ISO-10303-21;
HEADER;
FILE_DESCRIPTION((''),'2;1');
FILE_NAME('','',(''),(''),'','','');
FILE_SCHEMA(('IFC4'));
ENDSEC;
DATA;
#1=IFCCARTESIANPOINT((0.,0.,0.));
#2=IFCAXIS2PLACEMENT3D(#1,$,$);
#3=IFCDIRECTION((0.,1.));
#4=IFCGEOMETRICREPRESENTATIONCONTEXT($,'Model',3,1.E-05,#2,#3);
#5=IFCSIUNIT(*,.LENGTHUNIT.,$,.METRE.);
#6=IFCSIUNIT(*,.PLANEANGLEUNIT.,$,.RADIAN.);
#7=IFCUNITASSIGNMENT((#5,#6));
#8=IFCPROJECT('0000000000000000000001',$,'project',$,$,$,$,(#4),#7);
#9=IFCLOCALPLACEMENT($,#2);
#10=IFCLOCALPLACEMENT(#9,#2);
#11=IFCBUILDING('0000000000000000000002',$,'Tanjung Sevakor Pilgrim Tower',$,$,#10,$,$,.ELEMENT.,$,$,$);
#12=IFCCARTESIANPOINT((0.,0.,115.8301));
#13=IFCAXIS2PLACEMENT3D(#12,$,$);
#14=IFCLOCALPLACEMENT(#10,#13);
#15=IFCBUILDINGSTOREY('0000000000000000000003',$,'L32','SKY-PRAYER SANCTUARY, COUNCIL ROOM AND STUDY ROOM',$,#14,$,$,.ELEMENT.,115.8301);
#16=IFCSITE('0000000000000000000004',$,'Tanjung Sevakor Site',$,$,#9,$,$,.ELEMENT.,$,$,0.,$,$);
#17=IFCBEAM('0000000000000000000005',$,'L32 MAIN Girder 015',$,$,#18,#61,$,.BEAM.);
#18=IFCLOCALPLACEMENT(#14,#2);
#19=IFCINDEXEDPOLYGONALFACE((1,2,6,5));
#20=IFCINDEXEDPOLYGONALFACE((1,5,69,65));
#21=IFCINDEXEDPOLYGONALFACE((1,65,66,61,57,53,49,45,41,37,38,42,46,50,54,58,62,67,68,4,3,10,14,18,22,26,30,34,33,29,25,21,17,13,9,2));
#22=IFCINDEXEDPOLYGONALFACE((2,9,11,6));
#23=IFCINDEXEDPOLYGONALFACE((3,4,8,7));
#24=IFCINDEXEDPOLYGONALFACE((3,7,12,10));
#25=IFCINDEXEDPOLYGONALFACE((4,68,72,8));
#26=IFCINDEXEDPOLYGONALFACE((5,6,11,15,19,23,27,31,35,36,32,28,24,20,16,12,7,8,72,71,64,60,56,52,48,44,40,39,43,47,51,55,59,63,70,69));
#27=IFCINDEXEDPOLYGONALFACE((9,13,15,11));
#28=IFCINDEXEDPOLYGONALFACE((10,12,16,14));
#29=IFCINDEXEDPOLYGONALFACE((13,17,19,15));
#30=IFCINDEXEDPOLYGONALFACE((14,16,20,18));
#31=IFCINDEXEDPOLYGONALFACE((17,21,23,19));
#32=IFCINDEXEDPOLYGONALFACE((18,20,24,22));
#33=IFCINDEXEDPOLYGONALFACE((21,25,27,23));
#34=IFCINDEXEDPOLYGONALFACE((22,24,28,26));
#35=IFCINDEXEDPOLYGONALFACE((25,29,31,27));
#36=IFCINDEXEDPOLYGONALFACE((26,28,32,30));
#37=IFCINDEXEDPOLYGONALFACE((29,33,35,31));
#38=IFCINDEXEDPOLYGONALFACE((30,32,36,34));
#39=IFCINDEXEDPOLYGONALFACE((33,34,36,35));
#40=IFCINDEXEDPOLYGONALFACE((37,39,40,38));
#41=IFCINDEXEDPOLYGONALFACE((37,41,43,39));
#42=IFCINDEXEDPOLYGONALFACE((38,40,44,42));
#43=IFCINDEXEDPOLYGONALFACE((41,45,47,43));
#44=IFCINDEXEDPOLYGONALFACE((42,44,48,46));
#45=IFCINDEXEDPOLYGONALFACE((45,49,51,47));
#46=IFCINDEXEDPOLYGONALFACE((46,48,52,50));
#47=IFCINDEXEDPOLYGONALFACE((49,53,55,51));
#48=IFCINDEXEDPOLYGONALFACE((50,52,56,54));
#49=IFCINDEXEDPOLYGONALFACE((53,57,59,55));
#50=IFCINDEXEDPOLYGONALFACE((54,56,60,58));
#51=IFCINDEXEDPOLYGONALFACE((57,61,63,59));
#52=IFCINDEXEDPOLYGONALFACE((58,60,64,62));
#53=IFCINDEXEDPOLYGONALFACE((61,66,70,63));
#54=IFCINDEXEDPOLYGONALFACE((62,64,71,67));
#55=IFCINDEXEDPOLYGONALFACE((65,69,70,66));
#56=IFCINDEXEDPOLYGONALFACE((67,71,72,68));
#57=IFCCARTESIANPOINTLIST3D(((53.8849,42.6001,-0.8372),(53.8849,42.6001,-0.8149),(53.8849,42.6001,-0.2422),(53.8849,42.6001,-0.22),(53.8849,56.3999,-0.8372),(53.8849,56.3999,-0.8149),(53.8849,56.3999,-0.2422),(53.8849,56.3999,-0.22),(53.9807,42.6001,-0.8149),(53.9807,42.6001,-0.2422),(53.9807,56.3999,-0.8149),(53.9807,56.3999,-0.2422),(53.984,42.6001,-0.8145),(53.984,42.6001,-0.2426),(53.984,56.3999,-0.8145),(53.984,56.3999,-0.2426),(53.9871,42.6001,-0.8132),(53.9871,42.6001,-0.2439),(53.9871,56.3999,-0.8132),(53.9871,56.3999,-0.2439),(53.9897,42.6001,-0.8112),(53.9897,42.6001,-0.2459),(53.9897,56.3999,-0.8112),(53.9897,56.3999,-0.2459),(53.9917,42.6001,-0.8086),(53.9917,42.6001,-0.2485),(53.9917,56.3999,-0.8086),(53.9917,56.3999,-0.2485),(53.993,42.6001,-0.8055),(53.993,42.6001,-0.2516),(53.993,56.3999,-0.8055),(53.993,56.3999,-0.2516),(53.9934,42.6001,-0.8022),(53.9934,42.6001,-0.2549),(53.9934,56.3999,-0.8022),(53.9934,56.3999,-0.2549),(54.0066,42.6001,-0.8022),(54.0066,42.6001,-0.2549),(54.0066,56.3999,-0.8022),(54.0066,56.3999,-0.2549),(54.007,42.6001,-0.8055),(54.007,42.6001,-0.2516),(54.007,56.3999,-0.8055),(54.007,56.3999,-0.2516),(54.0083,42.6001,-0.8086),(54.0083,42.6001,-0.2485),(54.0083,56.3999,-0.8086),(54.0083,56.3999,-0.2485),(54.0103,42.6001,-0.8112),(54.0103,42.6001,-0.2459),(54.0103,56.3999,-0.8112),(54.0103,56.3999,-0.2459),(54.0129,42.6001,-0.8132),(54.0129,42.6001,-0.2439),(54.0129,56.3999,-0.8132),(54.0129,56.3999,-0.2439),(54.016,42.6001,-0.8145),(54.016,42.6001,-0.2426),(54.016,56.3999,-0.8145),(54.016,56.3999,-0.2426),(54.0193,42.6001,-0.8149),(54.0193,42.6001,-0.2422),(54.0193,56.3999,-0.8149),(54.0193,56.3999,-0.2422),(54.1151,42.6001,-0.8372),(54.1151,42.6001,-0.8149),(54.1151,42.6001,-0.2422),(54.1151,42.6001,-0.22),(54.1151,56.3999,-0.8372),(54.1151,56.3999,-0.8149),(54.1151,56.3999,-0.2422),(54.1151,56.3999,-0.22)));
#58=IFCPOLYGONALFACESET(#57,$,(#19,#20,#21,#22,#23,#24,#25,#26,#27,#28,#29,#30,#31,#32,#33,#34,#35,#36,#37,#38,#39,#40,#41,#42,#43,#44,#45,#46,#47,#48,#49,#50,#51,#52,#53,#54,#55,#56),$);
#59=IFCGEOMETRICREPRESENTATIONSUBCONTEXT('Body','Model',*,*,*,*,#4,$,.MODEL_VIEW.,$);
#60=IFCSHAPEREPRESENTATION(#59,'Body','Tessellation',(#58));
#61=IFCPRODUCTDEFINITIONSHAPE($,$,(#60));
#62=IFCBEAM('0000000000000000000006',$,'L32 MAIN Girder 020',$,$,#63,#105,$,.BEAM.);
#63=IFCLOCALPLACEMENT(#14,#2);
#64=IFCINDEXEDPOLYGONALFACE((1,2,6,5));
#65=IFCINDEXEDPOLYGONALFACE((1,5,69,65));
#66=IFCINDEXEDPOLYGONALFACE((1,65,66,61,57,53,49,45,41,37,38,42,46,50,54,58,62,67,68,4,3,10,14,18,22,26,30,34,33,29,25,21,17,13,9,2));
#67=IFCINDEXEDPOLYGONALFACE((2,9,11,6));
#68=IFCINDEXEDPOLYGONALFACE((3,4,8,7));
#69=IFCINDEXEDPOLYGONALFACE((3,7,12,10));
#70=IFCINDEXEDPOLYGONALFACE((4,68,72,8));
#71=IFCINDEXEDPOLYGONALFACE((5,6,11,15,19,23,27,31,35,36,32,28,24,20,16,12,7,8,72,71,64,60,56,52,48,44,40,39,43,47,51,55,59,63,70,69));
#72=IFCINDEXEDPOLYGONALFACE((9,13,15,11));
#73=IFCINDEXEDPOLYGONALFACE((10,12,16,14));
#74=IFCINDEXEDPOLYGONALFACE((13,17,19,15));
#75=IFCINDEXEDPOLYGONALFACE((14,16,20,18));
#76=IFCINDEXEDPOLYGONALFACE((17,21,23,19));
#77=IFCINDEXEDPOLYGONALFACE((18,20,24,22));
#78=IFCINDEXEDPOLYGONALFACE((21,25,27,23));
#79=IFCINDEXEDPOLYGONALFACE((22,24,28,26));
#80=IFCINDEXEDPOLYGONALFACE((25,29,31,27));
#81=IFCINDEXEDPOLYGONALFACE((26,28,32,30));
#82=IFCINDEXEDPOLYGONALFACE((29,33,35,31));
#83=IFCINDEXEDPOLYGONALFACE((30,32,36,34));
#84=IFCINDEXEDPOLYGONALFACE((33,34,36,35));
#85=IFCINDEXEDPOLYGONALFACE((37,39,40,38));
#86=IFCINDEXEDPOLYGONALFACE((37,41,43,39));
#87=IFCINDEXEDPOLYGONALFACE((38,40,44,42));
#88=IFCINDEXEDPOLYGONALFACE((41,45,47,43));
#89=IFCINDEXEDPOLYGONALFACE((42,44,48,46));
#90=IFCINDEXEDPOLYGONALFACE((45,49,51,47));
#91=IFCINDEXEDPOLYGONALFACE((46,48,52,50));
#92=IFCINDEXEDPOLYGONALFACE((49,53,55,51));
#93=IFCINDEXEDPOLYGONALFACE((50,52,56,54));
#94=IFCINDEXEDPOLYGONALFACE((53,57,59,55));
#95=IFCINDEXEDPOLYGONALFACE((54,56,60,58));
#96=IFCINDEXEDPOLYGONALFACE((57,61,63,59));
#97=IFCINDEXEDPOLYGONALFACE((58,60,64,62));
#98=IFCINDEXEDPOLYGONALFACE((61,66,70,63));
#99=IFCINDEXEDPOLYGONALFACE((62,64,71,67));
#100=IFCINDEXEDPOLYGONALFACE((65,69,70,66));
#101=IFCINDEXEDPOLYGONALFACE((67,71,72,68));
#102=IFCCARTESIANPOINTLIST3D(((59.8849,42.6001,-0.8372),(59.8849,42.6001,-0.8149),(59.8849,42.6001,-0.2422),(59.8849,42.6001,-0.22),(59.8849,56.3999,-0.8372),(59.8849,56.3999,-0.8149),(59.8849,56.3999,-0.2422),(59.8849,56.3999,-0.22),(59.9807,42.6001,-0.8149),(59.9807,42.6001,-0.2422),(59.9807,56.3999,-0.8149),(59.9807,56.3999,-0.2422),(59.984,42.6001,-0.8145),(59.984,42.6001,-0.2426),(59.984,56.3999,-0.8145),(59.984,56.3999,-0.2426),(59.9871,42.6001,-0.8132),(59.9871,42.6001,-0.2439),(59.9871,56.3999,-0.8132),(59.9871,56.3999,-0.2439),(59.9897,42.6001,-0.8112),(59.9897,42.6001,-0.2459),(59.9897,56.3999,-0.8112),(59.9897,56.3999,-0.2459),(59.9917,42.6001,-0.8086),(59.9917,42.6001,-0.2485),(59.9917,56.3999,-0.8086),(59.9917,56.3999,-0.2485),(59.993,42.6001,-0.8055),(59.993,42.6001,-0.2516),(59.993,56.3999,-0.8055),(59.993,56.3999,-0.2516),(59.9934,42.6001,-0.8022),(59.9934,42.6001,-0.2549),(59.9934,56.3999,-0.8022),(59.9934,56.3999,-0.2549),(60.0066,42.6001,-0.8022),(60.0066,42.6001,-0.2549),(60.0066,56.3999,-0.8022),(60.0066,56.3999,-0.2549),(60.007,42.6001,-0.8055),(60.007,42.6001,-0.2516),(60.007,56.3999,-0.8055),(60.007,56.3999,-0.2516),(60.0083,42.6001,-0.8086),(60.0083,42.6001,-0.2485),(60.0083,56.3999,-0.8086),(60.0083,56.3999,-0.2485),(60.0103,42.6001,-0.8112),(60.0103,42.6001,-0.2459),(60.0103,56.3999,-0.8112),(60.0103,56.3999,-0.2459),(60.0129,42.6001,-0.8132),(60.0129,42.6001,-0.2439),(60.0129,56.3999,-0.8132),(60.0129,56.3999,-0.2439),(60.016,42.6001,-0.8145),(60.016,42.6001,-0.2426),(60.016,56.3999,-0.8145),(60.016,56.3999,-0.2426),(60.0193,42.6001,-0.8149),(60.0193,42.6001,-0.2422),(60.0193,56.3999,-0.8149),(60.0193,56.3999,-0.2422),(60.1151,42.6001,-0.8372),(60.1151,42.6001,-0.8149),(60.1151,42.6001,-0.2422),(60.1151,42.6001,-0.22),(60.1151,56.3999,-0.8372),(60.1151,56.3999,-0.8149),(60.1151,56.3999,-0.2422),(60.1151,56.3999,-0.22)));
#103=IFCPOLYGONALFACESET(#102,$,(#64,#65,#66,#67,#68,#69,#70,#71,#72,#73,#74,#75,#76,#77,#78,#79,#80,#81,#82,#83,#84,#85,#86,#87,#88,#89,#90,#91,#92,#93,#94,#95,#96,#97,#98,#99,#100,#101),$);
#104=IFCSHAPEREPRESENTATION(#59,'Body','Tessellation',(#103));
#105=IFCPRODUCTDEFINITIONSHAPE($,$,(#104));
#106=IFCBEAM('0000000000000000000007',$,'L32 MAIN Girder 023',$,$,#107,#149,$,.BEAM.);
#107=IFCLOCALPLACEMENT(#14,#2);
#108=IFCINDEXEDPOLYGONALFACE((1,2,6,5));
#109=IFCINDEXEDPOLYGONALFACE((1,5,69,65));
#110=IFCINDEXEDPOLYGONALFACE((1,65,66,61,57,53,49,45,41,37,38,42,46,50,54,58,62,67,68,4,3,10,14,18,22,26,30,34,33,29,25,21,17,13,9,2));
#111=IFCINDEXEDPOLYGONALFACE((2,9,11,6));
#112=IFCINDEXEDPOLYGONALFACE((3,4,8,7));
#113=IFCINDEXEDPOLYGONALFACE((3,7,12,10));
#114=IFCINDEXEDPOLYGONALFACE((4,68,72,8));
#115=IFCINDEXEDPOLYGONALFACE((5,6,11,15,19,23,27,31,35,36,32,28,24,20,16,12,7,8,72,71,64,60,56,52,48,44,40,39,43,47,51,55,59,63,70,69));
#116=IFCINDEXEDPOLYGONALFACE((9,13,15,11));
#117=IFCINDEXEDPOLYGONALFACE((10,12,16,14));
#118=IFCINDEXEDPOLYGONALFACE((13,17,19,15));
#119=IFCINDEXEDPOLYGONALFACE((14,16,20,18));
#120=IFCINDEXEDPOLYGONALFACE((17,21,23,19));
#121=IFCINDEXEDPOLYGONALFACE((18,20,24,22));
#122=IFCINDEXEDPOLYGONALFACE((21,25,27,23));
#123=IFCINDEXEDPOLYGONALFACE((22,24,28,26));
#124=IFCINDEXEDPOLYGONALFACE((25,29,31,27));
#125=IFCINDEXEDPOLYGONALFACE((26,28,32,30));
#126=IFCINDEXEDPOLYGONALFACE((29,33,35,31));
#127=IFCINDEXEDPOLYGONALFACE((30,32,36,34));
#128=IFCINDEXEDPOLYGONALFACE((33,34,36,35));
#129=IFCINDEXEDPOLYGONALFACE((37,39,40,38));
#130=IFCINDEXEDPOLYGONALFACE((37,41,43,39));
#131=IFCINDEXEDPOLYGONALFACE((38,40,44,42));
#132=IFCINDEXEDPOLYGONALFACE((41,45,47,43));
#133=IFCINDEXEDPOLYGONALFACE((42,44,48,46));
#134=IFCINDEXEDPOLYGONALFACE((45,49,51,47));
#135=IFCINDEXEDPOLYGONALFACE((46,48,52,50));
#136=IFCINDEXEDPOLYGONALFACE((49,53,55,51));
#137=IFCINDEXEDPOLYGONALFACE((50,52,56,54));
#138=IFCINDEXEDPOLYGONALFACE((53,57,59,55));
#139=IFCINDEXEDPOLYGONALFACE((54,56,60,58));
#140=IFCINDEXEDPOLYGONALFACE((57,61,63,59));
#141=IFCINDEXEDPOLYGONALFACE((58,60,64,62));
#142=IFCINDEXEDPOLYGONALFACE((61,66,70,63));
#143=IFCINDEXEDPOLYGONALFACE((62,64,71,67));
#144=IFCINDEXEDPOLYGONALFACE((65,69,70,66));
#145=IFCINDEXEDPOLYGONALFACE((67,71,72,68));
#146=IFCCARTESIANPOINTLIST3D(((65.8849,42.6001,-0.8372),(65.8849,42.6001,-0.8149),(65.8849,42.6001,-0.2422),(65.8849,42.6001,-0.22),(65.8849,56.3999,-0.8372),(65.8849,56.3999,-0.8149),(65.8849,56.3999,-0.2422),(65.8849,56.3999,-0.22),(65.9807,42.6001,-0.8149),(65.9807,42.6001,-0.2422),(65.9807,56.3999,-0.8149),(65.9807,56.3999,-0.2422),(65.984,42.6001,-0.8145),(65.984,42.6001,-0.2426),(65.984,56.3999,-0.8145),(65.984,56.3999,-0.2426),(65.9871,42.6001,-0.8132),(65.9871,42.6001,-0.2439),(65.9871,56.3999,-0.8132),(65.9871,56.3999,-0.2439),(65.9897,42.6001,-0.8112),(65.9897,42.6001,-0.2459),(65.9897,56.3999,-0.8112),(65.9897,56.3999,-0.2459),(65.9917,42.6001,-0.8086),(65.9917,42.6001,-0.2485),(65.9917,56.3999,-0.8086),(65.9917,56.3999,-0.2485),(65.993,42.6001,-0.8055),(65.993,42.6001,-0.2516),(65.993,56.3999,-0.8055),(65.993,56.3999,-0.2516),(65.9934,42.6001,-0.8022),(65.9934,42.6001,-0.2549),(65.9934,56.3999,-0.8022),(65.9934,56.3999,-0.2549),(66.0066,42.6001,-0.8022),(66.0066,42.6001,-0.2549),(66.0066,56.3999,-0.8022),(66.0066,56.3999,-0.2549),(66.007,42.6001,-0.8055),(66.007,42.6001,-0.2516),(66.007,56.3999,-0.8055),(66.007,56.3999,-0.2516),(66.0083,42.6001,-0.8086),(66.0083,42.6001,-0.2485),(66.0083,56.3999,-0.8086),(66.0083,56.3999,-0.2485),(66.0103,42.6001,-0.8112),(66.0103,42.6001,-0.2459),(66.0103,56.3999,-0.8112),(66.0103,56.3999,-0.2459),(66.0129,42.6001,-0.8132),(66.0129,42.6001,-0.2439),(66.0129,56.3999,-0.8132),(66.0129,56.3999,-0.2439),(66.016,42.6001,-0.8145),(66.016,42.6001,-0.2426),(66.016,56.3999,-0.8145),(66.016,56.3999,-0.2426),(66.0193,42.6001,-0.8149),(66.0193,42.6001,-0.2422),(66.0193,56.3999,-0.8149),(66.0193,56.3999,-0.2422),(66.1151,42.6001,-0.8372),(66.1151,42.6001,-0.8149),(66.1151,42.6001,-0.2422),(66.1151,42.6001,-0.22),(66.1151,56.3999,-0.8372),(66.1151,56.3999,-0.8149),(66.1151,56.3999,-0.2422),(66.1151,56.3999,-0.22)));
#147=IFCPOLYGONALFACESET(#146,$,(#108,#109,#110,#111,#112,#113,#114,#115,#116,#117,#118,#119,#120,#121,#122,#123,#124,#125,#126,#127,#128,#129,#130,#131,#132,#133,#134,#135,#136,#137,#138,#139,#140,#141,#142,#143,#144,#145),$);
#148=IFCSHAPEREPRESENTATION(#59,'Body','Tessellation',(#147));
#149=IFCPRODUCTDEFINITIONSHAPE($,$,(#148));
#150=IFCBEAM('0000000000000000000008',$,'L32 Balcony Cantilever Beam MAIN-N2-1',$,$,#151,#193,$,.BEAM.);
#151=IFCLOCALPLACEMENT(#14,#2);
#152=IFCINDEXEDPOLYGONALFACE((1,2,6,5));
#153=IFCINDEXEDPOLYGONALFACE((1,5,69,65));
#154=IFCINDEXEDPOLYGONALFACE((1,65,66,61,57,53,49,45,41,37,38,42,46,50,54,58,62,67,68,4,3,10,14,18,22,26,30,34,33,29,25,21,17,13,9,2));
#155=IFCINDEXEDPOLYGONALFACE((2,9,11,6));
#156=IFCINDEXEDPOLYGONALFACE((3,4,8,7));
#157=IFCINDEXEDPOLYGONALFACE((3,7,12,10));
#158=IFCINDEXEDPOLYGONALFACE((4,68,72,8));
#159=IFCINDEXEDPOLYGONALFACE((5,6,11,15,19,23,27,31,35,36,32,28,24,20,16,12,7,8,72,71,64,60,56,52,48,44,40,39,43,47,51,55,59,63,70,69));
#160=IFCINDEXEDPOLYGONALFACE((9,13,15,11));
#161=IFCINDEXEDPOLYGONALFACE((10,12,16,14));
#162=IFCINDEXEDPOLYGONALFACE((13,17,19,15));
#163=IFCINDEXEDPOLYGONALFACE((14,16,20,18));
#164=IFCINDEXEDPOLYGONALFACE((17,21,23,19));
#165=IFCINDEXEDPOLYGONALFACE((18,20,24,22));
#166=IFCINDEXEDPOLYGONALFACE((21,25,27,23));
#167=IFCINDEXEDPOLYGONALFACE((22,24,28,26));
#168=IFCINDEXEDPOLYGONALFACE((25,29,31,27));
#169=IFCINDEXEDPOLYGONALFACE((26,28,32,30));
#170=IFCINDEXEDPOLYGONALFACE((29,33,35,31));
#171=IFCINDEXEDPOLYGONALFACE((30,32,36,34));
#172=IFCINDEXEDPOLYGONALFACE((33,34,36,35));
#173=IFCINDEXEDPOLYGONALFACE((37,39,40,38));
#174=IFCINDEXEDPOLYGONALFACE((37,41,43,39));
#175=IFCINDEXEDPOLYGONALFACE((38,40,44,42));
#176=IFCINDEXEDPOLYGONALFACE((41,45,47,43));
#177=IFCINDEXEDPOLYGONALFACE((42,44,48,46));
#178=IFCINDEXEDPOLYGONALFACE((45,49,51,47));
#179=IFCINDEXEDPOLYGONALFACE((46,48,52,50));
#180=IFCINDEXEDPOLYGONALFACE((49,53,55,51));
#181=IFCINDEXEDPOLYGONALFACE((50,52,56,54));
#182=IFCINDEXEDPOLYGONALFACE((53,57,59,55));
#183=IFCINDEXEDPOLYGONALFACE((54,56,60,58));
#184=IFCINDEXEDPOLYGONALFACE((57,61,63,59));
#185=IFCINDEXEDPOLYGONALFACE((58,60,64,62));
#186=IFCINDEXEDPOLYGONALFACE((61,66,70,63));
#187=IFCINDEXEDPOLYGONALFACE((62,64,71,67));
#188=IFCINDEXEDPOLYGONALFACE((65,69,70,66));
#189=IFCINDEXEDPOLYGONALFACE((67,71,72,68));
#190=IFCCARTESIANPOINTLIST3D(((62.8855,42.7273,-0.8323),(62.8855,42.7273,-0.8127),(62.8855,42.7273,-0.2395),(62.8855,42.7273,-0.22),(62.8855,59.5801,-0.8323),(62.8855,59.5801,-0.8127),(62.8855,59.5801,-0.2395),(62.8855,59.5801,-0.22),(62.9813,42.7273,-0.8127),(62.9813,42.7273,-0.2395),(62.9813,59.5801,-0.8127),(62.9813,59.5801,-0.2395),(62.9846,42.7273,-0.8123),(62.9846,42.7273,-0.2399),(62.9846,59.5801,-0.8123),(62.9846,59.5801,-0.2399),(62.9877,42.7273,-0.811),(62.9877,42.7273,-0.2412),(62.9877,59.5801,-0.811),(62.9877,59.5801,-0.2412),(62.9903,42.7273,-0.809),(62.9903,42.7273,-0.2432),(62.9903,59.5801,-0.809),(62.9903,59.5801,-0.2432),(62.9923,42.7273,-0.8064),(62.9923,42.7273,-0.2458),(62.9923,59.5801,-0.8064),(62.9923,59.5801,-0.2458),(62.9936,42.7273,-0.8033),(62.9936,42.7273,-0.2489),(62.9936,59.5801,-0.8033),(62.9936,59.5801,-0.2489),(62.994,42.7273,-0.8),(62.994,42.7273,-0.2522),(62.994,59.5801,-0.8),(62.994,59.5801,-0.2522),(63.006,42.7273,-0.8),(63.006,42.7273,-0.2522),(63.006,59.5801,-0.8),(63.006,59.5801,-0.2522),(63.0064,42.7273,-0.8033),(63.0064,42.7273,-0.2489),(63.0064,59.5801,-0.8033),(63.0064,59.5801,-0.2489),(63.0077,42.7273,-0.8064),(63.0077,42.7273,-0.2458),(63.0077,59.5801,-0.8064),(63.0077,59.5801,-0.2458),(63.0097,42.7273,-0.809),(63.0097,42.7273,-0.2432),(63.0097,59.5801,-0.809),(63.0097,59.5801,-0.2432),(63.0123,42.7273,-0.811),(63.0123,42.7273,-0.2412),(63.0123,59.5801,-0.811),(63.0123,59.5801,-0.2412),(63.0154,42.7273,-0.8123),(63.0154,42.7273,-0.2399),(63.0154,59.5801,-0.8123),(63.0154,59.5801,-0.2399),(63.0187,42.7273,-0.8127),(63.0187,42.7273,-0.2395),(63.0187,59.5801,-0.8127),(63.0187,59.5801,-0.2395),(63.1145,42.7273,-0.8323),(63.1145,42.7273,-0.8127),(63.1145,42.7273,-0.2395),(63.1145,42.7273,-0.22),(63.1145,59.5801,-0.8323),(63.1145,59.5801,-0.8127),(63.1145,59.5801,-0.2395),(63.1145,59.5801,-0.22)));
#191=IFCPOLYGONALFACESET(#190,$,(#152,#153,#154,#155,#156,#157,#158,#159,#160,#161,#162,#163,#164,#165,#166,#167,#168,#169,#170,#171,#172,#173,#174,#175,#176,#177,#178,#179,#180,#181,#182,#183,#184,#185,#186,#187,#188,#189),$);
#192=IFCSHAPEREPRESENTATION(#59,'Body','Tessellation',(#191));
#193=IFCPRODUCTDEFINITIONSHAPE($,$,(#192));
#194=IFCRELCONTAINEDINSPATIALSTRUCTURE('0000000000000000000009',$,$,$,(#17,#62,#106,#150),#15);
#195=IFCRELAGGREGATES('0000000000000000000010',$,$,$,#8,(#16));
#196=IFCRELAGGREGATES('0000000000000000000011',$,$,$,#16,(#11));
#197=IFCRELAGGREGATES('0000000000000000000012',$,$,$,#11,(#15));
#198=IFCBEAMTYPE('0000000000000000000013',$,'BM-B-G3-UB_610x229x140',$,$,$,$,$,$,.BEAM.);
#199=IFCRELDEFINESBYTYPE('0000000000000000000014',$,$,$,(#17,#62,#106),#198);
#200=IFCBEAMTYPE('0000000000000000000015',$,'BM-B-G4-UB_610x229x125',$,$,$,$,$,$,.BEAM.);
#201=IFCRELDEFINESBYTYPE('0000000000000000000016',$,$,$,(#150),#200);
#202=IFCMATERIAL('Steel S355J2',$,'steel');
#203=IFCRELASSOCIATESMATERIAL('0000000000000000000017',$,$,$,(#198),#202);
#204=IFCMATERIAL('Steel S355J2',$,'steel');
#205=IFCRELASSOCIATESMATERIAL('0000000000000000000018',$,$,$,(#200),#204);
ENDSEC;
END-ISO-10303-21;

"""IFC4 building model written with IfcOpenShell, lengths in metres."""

from ifc_helpers import new_model, si_unit, direction, frame, origin, origin_2d, place, context, subcontext, project, spatial, i_section, extrude, material, material_profile, profile_set, type_object, element, save


model = new_model("IFC4")

# Units and contexts
model_context = context("Model", 3, precision=1e-05, world=origin(), true_north=direction((0.0, 1.0)))
body_context = subcontext(model_context, "Body", "Model", "MODEL_VIEW")
ifc_project = project(units=[si_unit("LENGTHUNIT", "METRE"), si_unit("PLANEANGLEUNIT", "RADIAN")], contexts=[model_context])

# Site, building, storey
site_placement = place(None, origin())
site = spatial("IfcSite", under=ifc_project, at=site_placement, Name="Tanjung Sevakor Site", CompositionType="ELEMENT", RefElevation=0.0)
building_placement = place(site_placement, origin())
building = spatial("IfcBuilding", under=site, at=building_placement, Name="Tanjung Sevakor Pilgrim Tower", CompositionType="ELEMENT")
storey_placement = place(building_placement, frame((0.0, 0.0, 115.8301)))
storey = spatial("IfcBuildingStorey", under=building, at=storey_placement, Name="L32", Description="SKY-PRAYER SANCTUARY, COUNCIL ROOM AND STUDY ROOM", CompositionType="ELEMENT", Elevation=115.8301)

# Beams
ifc_material_1 = material(Name="Steel S355J2", Category="steel")
ifc_material_profile_1 = material_profile(ifc_material_1, i_section(OverallWidth=0.2302, OverallDepth=0.6172, WebThickness=0.0132, FlangeThickness=0.0222, FilletRadius=0.0127, at=origin_2d()))
ifc_profile_set_1 = profile_set([ifc_material_profile_1], Name="Steel S355J2")
beam_type_1 = type_object("IfcBeamType", Name="BM-B-G3-UB_610x229x140", PredefinedType="BEAM", material=ifc_profile_set_1)
for number, where, z_axis, x_axis, name in (
    (1, (54.0, 42.6001, -0.5286), (0.0, 1.0, 0.0), (-1.0, 0.0, 0.0), "L32 MAIN Girder 015"),
    (2, (60.0, 42.6001, -0.5286), (0.0, 1.0, 0.0), (-1.0, 0.0, 0.0), "L32 MAIN Girder 020"),
    (3, (66.0, 42.6001, -0.5286), (0.0, 1.0, 0.0), (-1.0, 0.0, 0.0), "L32 MAIN Girder 023"),
):
    element("IfcBeam", number, at=place(storey_placement, frame(where, z_axis=z_axis, x_axis=x_axis)), inside=storey, type_object=beam_type_1, Name=name, PredefinedType="BEAM", context=body_context, shape_type="SweptSolid", body=[
        extrude(i_section(OverallWidth=0.2302, OverallDepth=0.6172, WebThickness=0.0132, FlangeThickness=0.0222, FilletRadius=0.0127, at=origin_2d()), origin(), (0.0, 0.0, 1.0), 13.7998),
    ])
ifc_material_2 = material(Name="Steel S355J2", Category="steel")
ifc_material_profile_2 = material_profile(ifc_material_2, i_section(OverallWidth=0.229, OverallDepth=0.6123, WebThickness=0.012, FlangeThickness=0.0195, FilletRadius=0.0127, at=origin_2d()))
ifc_profile_set_2 = profile_set([ifc_material_profile_2], Name="Steel S355J2")
beam_type_2 = type_object("IfcBeamType", Name="BM-B-G4-UB_610x229x125", PredefinedType="BEAM", material=ifc_profile_set_2)
for number, where, z_axis, x_axis, name in (
    (4, (63.0, 42.7273, -0.5261), (0.0, 1.0, 0.0), (-1.0, 0.0, 0.0), "L32 Balcony Cantilever Beam MAIN-N2-1"),
):
    element("IfcBeam", number, at=place(storey_placement, frame(where, z_axis=z_axis, x_axis=x_axis)), inside=storey, type_object=beam_type_2, Name=name, PredefinedType="BEAM", context=body_context, shape_type="SweptSolid", body=[
        extrude(i_section(OverallWidth=0.229, OverallDepth=0.6123, WebThickness=0.012, FlangeThickness=0.0195, FilletRadius=0.0127, at=origin_2d()), origin(), (0.0, 0.0, 1.0), 16.8528),
    ])

save(model, "model.ifc")
